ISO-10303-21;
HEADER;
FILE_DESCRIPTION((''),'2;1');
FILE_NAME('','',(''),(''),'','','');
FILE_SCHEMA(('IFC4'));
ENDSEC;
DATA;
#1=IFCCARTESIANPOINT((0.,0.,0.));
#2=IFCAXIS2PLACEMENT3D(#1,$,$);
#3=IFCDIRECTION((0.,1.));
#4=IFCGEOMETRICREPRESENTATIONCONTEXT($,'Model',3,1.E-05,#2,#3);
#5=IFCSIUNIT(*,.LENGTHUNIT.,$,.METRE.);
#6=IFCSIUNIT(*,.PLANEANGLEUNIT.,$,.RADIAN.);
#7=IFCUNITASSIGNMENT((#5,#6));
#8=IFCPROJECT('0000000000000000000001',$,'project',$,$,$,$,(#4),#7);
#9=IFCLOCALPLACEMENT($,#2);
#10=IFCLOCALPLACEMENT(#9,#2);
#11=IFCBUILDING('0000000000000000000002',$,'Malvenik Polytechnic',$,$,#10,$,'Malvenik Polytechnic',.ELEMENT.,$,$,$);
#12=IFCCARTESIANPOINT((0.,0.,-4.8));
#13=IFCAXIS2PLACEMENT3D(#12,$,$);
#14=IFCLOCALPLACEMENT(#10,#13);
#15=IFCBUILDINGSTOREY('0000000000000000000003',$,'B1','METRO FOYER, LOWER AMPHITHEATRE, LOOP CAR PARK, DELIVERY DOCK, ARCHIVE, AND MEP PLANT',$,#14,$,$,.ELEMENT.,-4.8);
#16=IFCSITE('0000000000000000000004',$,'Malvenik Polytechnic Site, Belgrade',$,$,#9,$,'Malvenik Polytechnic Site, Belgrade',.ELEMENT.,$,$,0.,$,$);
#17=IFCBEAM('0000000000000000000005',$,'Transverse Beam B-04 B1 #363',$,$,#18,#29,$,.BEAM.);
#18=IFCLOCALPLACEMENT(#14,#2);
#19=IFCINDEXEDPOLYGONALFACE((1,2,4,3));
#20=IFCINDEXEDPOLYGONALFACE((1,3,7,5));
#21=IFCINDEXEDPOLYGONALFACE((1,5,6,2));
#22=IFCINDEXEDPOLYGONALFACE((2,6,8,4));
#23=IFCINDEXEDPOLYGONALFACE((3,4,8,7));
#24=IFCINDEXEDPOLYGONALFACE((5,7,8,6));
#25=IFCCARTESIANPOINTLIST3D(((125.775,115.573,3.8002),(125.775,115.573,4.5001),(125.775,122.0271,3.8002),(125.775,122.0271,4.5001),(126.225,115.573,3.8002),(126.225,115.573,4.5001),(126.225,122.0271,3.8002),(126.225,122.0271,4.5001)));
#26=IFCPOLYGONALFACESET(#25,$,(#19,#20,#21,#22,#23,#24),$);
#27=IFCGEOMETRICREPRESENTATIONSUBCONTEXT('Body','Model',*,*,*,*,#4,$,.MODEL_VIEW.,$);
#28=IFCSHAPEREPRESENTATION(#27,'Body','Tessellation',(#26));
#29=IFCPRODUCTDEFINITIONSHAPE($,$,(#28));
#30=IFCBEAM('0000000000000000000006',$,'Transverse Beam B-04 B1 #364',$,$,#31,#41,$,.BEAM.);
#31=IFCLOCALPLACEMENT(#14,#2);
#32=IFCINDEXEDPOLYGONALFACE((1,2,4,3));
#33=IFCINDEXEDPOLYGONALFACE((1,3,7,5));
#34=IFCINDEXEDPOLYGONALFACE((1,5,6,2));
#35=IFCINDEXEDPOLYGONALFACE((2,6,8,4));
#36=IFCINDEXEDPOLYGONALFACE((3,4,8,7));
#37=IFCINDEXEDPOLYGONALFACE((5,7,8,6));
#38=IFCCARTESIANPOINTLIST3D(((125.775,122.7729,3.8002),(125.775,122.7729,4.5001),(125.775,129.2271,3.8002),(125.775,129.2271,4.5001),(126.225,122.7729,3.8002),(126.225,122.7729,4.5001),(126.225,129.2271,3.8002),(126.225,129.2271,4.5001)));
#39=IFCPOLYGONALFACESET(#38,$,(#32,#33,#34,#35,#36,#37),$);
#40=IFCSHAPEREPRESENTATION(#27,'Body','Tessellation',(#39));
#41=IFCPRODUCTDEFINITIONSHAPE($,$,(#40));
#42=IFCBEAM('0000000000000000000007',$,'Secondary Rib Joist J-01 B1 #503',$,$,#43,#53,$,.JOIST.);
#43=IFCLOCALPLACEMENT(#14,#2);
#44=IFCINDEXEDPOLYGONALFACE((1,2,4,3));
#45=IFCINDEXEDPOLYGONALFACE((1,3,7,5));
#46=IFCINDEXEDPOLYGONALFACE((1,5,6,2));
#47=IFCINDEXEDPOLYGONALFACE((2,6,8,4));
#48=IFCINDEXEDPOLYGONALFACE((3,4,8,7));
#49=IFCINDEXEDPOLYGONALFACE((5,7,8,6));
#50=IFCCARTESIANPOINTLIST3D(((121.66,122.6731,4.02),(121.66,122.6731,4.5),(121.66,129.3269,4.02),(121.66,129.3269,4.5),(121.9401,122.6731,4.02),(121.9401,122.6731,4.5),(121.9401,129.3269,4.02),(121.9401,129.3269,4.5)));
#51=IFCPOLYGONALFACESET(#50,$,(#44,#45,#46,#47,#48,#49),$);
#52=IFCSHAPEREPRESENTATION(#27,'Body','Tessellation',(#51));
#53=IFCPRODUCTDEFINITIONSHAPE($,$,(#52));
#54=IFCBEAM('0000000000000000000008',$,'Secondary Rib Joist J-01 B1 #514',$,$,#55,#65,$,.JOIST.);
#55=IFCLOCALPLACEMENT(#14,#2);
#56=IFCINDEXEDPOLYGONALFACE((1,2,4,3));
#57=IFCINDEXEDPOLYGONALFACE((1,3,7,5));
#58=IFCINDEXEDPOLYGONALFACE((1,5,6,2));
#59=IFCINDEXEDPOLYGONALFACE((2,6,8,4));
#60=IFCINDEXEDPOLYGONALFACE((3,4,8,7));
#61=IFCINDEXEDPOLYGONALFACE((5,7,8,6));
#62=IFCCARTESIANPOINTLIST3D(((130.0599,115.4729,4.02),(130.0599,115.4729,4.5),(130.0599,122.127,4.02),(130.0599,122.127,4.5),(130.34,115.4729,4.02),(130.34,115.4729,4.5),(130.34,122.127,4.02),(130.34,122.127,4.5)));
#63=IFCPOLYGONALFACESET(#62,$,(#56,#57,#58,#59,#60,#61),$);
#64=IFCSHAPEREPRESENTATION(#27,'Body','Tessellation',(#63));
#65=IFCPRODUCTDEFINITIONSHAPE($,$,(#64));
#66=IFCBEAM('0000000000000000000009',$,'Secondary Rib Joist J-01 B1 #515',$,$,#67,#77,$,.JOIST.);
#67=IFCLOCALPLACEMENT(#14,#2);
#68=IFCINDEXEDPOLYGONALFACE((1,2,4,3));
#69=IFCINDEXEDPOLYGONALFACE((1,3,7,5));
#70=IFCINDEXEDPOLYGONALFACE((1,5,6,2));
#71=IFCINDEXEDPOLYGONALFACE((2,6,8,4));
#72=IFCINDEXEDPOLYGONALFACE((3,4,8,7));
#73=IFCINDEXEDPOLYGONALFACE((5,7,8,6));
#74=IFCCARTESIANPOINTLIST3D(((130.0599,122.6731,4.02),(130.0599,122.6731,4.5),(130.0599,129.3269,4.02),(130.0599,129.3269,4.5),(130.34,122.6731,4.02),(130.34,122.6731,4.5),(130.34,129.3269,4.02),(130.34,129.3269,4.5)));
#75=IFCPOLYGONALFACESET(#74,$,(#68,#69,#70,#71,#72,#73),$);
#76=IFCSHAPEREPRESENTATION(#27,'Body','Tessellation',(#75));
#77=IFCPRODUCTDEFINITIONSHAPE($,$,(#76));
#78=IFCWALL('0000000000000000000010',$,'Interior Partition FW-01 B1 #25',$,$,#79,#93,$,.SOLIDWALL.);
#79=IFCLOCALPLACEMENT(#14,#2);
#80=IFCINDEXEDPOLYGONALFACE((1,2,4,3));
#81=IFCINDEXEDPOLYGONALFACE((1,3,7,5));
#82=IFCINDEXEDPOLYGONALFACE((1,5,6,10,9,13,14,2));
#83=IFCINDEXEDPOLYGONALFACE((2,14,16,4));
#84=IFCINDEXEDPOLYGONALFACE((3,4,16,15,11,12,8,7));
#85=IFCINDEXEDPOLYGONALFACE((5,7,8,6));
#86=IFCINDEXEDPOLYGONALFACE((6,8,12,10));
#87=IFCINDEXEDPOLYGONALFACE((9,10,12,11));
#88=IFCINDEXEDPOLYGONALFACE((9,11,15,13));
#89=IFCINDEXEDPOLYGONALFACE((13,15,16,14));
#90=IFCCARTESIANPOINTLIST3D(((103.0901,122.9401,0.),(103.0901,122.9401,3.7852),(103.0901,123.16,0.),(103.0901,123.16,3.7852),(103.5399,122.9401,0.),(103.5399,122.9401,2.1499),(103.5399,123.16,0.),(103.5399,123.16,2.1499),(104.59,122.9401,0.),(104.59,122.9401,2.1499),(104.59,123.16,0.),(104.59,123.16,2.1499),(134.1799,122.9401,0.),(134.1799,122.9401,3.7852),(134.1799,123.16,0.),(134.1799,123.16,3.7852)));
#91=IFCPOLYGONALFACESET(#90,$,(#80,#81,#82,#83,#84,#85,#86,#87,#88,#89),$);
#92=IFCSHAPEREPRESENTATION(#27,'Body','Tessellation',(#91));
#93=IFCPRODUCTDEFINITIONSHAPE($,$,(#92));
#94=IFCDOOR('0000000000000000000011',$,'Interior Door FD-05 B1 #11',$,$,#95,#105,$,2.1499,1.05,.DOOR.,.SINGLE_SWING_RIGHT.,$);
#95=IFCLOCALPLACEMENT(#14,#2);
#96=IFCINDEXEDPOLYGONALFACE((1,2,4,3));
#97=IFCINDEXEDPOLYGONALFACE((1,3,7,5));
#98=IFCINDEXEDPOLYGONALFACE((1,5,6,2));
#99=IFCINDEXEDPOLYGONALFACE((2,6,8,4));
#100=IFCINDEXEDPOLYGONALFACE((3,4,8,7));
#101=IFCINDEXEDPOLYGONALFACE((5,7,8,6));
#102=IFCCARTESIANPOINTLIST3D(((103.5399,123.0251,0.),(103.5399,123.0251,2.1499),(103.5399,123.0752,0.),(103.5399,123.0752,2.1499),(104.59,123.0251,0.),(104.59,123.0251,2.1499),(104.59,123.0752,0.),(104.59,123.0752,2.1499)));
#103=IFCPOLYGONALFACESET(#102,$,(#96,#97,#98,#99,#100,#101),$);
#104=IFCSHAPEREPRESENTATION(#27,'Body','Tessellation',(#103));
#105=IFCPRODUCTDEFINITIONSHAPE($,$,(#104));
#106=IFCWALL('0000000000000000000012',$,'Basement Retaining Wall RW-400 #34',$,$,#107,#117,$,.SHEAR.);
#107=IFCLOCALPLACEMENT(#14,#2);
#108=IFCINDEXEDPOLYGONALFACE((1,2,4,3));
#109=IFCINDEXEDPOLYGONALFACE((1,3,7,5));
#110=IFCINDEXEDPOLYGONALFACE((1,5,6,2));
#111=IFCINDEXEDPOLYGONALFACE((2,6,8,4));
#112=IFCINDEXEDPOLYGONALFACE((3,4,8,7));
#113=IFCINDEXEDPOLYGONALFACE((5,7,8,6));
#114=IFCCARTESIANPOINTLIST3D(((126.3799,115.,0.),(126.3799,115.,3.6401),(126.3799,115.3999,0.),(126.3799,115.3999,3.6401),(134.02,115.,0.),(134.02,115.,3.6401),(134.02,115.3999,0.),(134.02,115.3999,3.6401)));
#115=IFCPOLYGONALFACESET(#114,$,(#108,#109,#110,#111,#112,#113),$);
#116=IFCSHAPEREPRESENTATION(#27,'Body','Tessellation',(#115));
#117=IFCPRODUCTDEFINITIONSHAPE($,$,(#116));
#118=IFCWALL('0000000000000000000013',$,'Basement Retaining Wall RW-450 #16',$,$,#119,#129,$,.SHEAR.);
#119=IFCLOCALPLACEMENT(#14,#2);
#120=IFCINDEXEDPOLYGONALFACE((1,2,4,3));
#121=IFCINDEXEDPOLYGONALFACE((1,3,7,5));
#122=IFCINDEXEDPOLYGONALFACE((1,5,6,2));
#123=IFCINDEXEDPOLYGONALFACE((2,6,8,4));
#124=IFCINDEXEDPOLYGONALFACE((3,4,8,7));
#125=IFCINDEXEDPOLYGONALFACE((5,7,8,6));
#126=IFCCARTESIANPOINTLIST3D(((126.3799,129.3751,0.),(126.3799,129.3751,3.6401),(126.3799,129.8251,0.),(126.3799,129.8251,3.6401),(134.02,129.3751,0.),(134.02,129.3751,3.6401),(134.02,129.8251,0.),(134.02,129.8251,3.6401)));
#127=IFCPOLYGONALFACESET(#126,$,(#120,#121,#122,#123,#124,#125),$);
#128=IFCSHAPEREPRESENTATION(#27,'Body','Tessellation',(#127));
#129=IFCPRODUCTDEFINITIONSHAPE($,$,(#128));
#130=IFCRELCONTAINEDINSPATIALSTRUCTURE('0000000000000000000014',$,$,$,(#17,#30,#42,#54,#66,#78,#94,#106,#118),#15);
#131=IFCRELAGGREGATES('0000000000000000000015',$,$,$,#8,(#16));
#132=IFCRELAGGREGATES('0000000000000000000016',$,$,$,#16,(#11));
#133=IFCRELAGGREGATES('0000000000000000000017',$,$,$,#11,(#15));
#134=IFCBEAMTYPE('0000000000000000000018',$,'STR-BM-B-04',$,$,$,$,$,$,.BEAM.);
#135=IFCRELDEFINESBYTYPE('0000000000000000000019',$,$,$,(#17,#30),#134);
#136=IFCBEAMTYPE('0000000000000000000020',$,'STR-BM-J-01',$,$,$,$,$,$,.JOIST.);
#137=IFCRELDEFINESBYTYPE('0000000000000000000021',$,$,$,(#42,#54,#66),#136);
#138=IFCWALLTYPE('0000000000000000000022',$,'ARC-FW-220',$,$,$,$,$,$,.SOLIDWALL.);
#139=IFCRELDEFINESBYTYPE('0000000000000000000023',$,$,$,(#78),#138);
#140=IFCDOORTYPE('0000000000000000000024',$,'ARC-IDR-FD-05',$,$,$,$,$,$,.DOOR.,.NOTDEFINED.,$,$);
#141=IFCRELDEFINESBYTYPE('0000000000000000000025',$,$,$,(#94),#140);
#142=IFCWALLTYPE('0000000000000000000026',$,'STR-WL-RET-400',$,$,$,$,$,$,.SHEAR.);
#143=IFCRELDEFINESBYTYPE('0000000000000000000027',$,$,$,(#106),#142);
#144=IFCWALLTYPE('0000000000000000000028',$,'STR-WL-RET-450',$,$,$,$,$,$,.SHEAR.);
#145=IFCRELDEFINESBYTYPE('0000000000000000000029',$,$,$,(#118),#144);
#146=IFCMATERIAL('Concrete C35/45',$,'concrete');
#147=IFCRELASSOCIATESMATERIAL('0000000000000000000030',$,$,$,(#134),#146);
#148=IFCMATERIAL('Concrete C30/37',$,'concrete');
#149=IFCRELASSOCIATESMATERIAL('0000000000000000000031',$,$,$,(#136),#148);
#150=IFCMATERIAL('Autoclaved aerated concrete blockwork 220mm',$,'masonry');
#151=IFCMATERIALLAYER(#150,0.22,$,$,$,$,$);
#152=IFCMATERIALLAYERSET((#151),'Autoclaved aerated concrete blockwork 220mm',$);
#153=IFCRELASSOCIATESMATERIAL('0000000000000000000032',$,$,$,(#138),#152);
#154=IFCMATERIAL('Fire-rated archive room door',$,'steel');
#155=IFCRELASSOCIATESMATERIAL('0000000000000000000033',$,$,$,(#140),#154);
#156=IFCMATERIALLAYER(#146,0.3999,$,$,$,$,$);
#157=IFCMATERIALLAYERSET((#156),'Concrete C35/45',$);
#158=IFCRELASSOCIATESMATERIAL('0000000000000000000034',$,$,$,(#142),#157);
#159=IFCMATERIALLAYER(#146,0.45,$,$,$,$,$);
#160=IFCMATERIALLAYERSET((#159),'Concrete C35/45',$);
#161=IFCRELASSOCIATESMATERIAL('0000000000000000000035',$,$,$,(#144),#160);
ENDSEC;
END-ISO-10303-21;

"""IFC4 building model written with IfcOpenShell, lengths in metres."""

from ifc_helpers import new_model, si_unit, direction, frame, frame_2d, origin, origin_2d, place, context, subcontext, project, spatial, rectangle, extrude, material, layer, layer_set, material_profile, profile_set, type_object, element, fill, save


model = new_model("IFC4")

# Units and contexts
model_context = context("Model", 3, precision=1e-05, world=origin(), true_north=direction((0.0, 1.0)))
body_context = subcontext(model_context, "Body", "Model", "MODEL_VIEW")
ifc_project = project(units=[si_unit("LENGTHUNIT", "METRE"), si_unit("PLANEANGLEUNIT", "RADIAN")], contexts=[model_context])

# Site, building, storey
site_placement = place(None, origin())
site = spatial("IfcSite", under=ifc_project, at=site_placement, Name="Malvenik Polytechnic Site, Belgrade", LongName="Malvenik Polytechnic Site, Belgrade", CompositionType="ELEMENT", RefElevation=0.0)
building_placement = place(site_placement, origin())
building = spatial("IfcBuilding", under=site, at=building_placement, Name="Malvenik Polytechnic", LongName="Malvenik Polytechnic", CompositionType="ELEMENT")
storey_placement = place(building_placement, frame((0.0, 0.0, -4.8)))
storey = spatial("IfcBuildingStorey", under=building, at=storey_placement, Name="B1", Description="METRO FOYER, LOWER AMPHITHEATRE, LOOP CAR PARK, DELIVERY DOCK, ARCHIVE, AND MEP PLANT", CompositionType="ELEMENT", Elevation=-4.8)

# Shared definitions
ifc_material_1 = material(Name="Concrete C35/45", Category="concrete")

# Beams
ifc_material_profile_1 = material_profile(ifc_material_1, rectangle(XDim=0.45, YDim=0.7, at=origin_2d()), Name="RC BM 450x700")
ifc_profile_set_1 = profile_set([ifc_material_profile_1], Name="Concrete C35/45")
beam_type_1 = type_object("IfcBeamType", Name="STR-BM-B-04", PredefinedType="BEAM", material=ifc_profile_set_1)
for number, where, z_axis, x_axis, name in (
    (1, (126.0, 115.573, 4.1501), (0.0, 1.0, 0.0), (-1.0, 0.0, 0.0), "Transverse Beam B-04 B1 #363"),
    (2, (126.0, 122.7729, 4.1501), (0.0, 1.0, 0.0), (-1.0, 0.0, 0.0), "Transverse Beam B-04 B1 #364"),
):
    element("IfcBeam", number, at=place(storey_placement, frame(where, z_axis=z_axis, x_axis=x_axis)), inside=storey, type_object=beam_type_1, Name=name, PredefinedType="BEAM", context=body_context, shape_type="SweptSolid", body=[
        extrude(rectangle(XDim=0.45, YDim=0.7, at=origin_2d()), origin(), (0.0, 0.0, 1.0), 6.4541),
    ])
ifc_material_2 = material(Name="Concrete C30/37", Category="concrete")
ifc_material_profile_2 = material_profile(ifc_material_2, rectangle(XDim=0.28, YDim=0.48, at=origin_2d()), Name="RC JST 280x480")
ifc_profile_set_2 = profile_set([ifc_material_profile_2], Name="Concrete C30/37")
beam_type_2 = type_object("IfcBeamType", Name="STR-BM-J-01", PredefinedType="JOIST", material=ifc_profile_set_2)
beam_1_placement = place(storey_placement, frame((121.8, 122.6731, 4.26), z_axis=(0.0, 1.0, 0.0), x_axis=(-1.0, 0.0, 0.0)))
element("IfcBeam", 3, at=beam_1_placement, inside=storey, type_object=beam_type_2, Name="Secondary Rib Joist J-01 B1 #503", PredefinedType="JOIST", context=body_context, shape_type="SweptSolid", body=[
    extrude(rectangle(XDim=0.28, YDim=0.48, at=origin_2d()), origin(), (0.0, 0.0, 1.0), 6.6538),
])
beam_2_placement = place(storey_placement, frame((130.2, 115.4729, 4.26), z_axis=(0.0, 1.0, 0.0), x_axis=(-1.0, 0.0, 0.0)))
element("IfcBeam", 4, at=beam_2_placement, inside=storey, type_object=beam_type_2, Name="Secondary Rib Joist J-01 B1 #514", PredefinedType="JOIST", context=body_context, shape_type="SweptSolid", body=[
    extrude(rectangle(XDim=0.28, YDim=0.48, at=origin_2d()), origin(), (0.0, 0.0, 1.0), 6.6541),
])
beam_3_placement = place(storey_placement, frame((130.2, 122.6731, 4.26), z_axis=(0.0, 1.0, 0.0), x_axis=(-1.0, 0.0, 0.0)))
element("IfcBeam", 5, at=beam_3_placement, inside=storey, type_object=beam_type_2, Name="Secondary Rib Joist J-01 B1 #515", PredefinedType="JOIST", context=body_context, shape_type="SweptSolid", body=[
    extrude(rectangle(XDim=0.28, YDim=0.48, at=origin_2d()), origin(), (0.0, 0.0, 1.0), 6.6538),
])

# Wall, opening, door
ifc_material_3 = material(Name="Autoclaved aerated concrete blockwork 220mm", Category="masonry")
ifc_layer_1 = layer(ifc_material_3, 0.22)
ifc_layer_set_1 = layer_set([ifc_layer_1], Name="Autoclaved aerated concrete blockwork 220mm")
wall_type_1 = type_object("IfcWallType", Name="ARC-FW-220", PredefinedType="SOLIDWALL", material=ifc_layer_set_1)
wall_1_placement = place(storey_placement, frame((134.1799, 123.05, 0.0), z_axis=(0.0, 0.0, 1.0), x_axis=(-1.0, 0.0, 0.0)))
wall_1 = element("IfcWall", 6, at=wall_1_placement, inside=storey, type_object=wall_type_1, Name="Interior Partition FW-01 B1 #25", PredefinedType="SOLIDWALL", context=body_context, shape_type="SweptSolid", body=[
    extrude(rectangle(XDim=31.0898, YDim=0.22, at=frame_2d((15.5449, 0.0))), origin(), (0.0, 0.0, 1.0), 3.7852),
])
opening_placement = place(wall_1_placement, frame((29.5901, 0.0, 0.0)))
opening = element("IfcOpeningElement", 7, at=opening_placement, cuts=wall_1, PredefinedType="OPENING", context=body_context, shape_type="SweptSolid", body=[
    extrude(rectangle(XDim=1.05, YDim=2.1499, at=frame_2d((0.5249, 1.075))), frame((0.0, 0.1201, 0.0), z_axis=(0.0, -1.0, 0.0), x_axis=(1.0, 0.0, 0.0)), (0.0, 0.0, 1.0), 0.24),
])
ifc_material_4 = material(Name="Fire-rated archive room door", Category="steel")
door_type = type_object("IfcDoorType", Name="ARC-IDR-FD-05", OperationType="NOTDEFINED", PredefinedType="DOOR", material=ifc_material_4)
door_placement = place(opening_placement, origin())
door = element("IfcDoor", 8, at=door_placement, inside=storey, type_object=door_type, Name="Interior Door FD-05 B1 #11", OperationType="SINGLE_SWING_RIGHT", OverallHeight=2.1499, OverallWidth=1.05, PredefinedType="DOOR", context=body_context, shape_type="SweptSolid", body=[
    extrude(rectangle(XDim=1.05, YDim=2.1499, at=frame_2d((0.5249, 1.075))), frame((0.0, 0.0249, 0.0), z_axis=(0.0, -1.0, 0.0), x_axis=(1.0, 0.0, 0.0)), (0.0, 0.0, 1.0), 0.05),
])
fill(opening, door)

# Walls
ifc_layer_2 = layer(ifc_material_1, 0.3999)
ifc_layer_set_2 = layer_set([ifc_layer_2], Name="Concrete C35/45")
wall_type_2 = type_object("IfcWallType", Name="STR-WL-RET-400", PredefinedType="SHEAR", material=ifc_layer_set_2)
wall_2_placement = place(storey_placement, frame((126.3799, 115.2, 0.0), z_axis=(0.0, 0.0, 1.0), x_axis=(1.0, 0.0, 0.0)))
element("IfcWall", 9, at=wall_2_placement, inside=storey, type_object=wall_type_2, Name="Basement Retaining Wall RW-400 #34", PredefinedType="SHEAR", context=body_context, shape_type="SweptSolid", body=[
    extrude(rectangle(XDim=7.6401, YDim=0.3999, at=frame_2d((3.8201, 0.0))), origin(), (0.0, 0.0, 1.0), 3.6401),
])
ifc_layer_3 = layer(ifc_material_1, 0.45)
ifc_layer_set_3 = layer_set([ifc_layer_3], Name="Concrete C35/45")
wall_type_3 = type_object("IfcWallType", Name="STR-WL-RET-450", PredefinedType="SHEAR", material=ifc_layer_set_3)
wall_3_placement = place(storey_placement, frame((126.3799, 129.6001, 0.0), z_axis=(0.0, 0.0, 1.0), x_axis=(1.0, 0.0, 0.0)))
element("IfcWall", 10, at=wall_3_placement, inside=storey, type_object=wall_type_3, Name="Basement Retaining Wall RW-450 #16", PredefinedType="SHEAR", context=body_context, shape_type="SweptSolid", body=[
    extrude(rectangle(XDim=7.6401, YDim=0.45, at=frame_2d((3.8201, 0.0))), origin(), (0.0, 0.0, 1.0), 3.6401),
])

save(model, "model.ifc")
